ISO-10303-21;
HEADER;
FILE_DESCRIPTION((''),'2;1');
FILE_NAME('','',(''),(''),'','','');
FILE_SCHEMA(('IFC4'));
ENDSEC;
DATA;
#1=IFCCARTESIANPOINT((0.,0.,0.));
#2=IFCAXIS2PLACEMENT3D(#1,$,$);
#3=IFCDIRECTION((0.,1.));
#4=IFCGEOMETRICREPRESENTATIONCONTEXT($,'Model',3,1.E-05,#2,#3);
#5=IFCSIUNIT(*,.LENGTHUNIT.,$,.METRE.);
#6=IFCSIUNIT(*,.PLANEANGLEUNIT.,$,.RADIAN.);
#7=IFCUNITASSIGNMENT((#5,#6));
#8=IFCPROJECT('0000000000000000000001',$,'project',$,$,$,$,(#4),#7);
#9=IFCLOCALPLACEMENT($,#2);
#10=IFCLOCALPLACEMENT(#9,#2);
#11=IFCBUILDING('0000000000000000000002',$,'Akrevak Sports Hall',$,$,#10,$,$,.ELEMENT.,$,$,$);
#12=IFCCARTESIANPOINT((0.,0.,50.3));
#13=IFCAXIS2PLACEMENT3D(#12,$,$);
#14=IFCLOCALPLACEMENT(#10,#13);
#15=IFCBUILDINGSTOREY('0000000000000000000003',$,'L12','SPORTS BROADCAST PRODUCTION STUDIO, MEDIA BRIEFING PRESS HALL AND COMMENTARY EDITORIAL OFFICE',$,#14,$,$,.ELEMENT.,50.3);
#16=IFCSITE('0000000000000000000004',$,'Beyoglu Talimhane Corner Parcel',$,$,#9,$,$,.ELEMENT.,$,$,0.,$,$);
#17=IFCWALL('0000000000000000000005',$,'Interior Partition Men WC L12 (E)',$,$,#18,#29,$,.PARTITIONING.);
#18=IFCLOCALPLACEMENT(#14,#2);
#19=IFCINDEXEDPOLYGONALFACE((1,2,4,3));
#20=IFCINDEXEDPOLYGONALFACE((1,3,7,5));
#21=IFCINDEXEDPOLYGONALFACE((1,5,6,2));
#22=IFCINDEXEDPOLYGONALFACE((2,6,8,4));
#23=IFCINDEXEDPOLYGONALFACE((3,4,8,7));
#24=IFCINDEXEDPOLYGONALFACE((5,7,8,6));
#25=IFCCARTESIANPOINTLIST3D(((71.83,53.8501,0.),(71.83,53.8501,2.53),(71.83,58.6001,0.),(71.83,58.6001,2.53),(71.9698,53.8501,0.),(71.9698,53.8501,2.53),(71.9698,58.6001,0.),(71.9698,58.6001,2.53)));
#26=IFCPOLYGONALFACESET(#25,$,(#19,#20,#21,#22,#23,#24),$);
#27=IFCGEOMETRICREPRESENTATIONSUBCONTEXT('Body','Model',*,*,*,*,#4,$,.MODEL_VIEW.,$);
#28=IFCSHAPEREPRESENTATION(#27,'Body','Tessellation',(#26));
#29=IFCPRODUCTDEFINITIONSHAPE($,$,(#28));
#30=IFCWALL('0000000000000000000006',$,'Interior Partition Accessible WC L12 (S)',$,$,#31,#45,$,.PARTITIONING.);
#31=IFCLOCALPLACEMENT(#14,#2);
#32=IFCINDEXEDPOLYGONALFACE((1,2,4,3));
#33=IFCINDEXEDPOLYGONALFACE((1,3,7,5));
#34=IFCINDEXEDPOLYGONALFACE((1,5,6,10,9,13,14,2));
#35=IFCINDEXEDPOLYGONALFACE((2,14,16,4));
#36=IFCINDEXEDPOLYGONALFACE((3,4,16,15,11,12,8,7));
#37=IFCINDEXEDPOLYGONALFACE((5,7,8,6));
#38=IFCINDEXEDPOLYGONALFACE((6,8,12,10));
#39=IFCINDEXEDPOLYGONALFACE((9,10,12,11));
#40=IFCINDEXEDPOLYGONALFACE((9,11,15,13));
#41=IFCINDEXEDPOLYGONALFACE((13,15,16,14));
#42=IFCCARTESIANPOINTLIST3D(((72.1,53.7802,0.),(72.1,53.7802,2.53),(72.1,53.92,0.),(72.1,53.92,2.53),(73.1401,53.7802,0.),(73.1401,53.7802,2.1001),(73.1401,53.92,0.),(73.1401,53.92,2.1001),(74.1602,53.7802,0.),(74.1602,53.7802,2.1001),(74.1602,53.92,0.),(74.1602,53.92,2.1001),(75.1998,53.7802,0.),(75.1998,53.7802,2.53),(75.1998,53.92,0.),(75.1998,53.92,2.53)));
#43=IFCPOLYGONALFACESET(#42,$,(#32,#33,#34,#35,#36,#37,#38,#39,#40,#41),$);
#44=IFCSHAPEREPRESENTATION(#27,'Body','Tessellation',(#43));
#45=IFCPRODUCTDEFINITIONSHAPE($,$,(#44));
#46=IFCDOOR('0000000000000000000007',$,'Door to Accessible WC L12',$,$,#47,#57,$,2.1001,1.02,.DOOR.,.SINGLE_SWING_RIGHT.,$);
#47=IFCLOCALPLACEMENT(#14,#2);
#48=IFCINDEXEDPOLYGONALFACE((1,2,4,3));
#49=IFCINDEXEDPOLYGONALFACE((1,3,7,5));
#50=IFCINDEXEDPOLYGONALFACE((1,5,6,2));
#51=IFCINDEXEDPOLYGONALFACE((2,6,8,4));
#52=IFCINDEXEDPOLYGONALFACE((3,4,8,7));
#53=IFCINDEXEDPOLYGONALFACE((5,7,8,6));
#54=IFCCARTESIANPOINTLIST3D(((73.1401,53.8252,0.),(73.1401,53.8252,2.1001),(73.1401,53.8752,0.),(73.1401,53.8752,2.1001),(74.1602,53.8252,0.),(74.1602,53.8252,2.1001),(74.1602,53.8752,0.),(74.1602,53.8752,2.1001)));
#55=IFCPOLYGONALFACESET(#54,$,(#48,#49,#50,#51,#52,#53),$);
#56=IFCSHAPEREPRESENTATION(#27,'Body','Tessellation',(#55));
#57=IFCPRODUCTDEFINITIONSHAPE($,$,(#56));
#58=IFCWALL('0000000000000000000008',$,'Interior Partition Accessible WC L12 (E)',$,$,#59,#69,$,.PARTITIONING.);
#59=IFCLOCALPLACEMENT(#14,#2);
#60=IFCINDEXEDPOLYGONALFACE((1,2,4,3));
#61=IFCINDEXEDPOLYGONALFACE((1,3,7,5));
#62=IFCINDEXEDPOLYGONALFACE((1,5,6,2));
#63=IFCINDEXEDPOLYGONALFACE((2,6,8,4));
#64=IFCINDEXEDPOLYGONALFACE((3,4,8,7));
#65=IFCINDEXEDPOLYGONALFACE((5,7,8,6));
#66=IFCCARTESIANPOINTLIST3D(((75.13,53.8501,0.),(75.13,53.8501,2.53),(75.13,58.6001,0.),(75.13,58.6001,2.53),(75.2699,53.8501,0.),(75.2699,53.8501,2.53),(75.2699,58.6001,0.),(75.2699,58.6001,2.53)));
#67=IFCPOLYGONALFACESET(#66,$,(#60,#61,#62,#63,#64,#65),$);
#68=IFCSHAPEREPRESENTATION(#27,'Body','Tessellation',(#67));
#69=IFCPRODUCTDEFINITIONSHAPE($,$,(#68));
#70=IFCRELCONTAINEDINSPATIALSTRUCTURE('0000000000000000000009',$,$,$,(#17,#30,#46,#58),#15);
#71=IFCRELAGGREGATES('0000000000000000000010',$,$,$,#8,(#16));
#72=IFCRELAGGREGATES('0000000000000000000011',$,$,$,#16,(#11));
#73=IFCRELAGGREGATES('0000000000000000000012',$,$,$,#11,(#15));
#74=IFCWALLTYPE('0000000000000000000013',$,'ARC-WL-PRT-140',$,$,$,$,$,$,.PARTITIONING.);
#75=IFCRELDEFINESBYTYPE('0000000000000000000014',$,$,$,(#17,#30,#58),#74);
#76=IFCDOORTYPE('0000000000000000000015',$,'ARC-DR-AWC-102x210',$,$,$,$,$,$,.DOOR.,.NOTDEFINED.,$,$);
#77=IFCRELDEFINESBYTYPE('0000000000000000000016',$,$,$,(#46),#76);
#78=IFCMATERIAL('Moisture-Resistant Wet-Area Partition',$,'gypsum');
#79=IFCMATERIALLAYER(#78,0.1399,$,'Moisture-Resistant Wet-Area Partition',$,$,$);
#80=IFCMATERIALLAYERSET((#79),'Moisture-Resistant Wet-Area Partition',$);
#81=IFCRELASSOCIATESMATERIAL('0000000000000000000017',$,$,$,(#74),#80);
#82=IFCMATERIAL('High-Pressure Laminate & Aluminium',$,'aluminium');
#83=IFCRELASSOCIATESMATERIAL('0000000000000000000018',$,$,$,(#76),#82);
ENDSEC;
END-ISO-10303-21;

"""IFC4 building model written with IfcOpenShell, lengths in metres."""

from ifc_helpers import new_model, si_unit, direction, frame, frame_2d, origin, place, context, subcontext, project, spatial, rectangle, extrude, material, layer, layer_set, type_object, element, fill, save


model = new_model("IFC4")

# Units and contexts
model_context = context("Model", 3, precision=1e-05, world=origin(), true_north=direction((0.0, 1.0)))
body_context = subcontext(model_context, "Body", "Model", "MODEL_VIEW")
ifc_project = project(units=[si_unit("LENGTHUNIT", "METRE"), si_unit("PLANEANGLEUNIT", "RADIAN")], contexts=[model_context])

# Site, building, storey
site_placement = place(None, origin())
site = spatial("IfcSite", under=ifc_project, at=site_placement, Name="Beyoglu Talimhane Corner Parcel", CompositionType="ELEMENT", RefElevation=0.0)
building_placement = place(site_placement, origin())
building = spatial("IfcBuilding", under=site, at=building_placement, Name="Akrevak Sports Hall", CompositionType="ELEMENT")
storey_placement = place(building_placement, frame((0.0, 0.0, 50.3)))
storey = spatial("IfcBuildingStorey", under=building, at=storey_placement, Name="L12", Description="SPORTS BROADCAST PRODUCTION STUDIO, MEDIA BRIEFING PRESS HALL AND COMMENTARY EDITORIAL OFFICE", CompositionType="ELEMENT", Elevation=50.3)

# Shared definitions
ifc_material_1 = material(Name="Moisture-Resistant Wet-Area Partition", Category="gypsum")
ifc_layer_1 = layer(ifc_material_1, 0.1399, Name="Moisture-Resistant Wet-Area Partition")
ifc_layer_set_1 = layer_set([ifc_layer_1], Name="Moisture-Resistant Wet-Area Partition")
wall_type_1 = type_object("IfcWallType", Name="ARC-WL-PRT-140", PredefinedType="PARTITIONING", material=ifc_layer_set_1)
ifc_material_2 = material(Name="High-Pressure Laminate & Aluminium", Category="aluminium")

# Wall
for number, where, z_axis, x_axis, name in (
    (1, (71.8999, 53.8501, 0.0), (0.0, 0.0, 1.0), (0.0, 1.0, 0.0), "Interior Partition Men WC L12 (E)"),
):
    element("IfcWall", number, at=place(storey_placement, frame(where, z_axis=z_axis, x_axis=x_axis)), inside=storey, type_object=wall_type_1, Name=name, PredefinedType="PARTITIONING", context=body_context, shape_type="SweptSolid", body=[
        extrude(rectangle(XDim=4.75, YDim=0.1399, at=frame_2d((2.375, 0.0))), origin(), (0.0, 0.0, 1.0), 2.53),
    ])

# Wall, opening, door
wall_1_placement = place(storey_placement, frame((72.1001, 53.8501, 0.0), z_axis=(0.0, 0.0, 1.0), x_axis=(1.0, 0.0, 0.0)))
wall_1 = element("IfcWall", 2, at=wall_1_placement, inside=storey, type_object=wall_type_1, Name="Interior Partition Accessible WC L12 (S)", PredefinedType="PARTITIONING", context=body_context, shape_type="SweptSolid", body=[
    extrude(rectangle(XDim=3.0999, YDim=0.1399, at=frame_2d((1.5498, 0.0))), origin(), (0.0, 0.0, 1.0), 2.53),
])
opening_1_placement = place(wall_1_placement, frame((1.04, 0.0, 0.0)))
opening_1 = element("IfcOpeningElement", 3, at=opening_1_placement, cuts=wall_1, PredefinedType="OPENING", context=body_context, shape_type="SweptSolid", body=[
    extrude(rectangle(XDim=1.02, YDim=2.1001, at=frame_2d((0.51, 1.05))), frame((0.0, 0.082, 0.0), z_axis=(0.0, -1.0, 0.0), x_axis=(1.0, 0.0, 0.0)), (0.0, 0.0, 1.0), 0.1638),
])
door_type_1 = type_object("IfcDoorType", Name="ARC-DR-AWC-102x210", OperationType="NOTDEFINED", PredefinedType="DOOR", material=ifc_material_2)
door_1_placement = place(opening_1_placement, frame((1.02, 0.0, 0.0), z_axis=(0.0, 0.0, 1.0), x_axis=(-1.0, 0.0, 0.0)))
door_1 = element("IfcDoor", 4, at=door_1_placement, inside=storey, type_object=door_type_1, Name="Door to Accessible WC L12", OperationType="SINGLE_SWING_RIGHT", OverallHeight=2.1001, OverallWidth=1.02, PredefinedType="DOOR", context=body_context, shape_type="SweptSolid", body=[
    extrude(rectangle(XDim=1.02, YDim=2.1001, at=frame_2d((0.51, 1.05))), frame((0.0, 0.0249, 0.0), z_axis=(0.0, -1.0, 0.0), x_axis=(1.0, 0.0, 0.0)), (0.0, 0.0, 1.0), 0.05),
])
fill(opening_1, door_1)

# Wall
wall_2_placement = place(storey_placement, frame((75.2, 53.8501, 0.0), z_axis=(0.0, 0.0, 1.0), x_axis=(0.0, 1.0, 0.0)))
element("IfcWall", 5, at=wall_2_placement, inside=storey, type_object=wall_type_1, Name="Interior Partition Accessible WC L12 (E)", PredefinedType="PARTITIONING", context=body_context, shape_type="SweptSolid", body=[
    extrude(rectangle(XDim=4.75, YDim=0.1399, at=frame_2d((2.375, 0.0))), origin(), (0.0, 0.0, 1.0), 2.53),
])

save(model, "model.ifc")
